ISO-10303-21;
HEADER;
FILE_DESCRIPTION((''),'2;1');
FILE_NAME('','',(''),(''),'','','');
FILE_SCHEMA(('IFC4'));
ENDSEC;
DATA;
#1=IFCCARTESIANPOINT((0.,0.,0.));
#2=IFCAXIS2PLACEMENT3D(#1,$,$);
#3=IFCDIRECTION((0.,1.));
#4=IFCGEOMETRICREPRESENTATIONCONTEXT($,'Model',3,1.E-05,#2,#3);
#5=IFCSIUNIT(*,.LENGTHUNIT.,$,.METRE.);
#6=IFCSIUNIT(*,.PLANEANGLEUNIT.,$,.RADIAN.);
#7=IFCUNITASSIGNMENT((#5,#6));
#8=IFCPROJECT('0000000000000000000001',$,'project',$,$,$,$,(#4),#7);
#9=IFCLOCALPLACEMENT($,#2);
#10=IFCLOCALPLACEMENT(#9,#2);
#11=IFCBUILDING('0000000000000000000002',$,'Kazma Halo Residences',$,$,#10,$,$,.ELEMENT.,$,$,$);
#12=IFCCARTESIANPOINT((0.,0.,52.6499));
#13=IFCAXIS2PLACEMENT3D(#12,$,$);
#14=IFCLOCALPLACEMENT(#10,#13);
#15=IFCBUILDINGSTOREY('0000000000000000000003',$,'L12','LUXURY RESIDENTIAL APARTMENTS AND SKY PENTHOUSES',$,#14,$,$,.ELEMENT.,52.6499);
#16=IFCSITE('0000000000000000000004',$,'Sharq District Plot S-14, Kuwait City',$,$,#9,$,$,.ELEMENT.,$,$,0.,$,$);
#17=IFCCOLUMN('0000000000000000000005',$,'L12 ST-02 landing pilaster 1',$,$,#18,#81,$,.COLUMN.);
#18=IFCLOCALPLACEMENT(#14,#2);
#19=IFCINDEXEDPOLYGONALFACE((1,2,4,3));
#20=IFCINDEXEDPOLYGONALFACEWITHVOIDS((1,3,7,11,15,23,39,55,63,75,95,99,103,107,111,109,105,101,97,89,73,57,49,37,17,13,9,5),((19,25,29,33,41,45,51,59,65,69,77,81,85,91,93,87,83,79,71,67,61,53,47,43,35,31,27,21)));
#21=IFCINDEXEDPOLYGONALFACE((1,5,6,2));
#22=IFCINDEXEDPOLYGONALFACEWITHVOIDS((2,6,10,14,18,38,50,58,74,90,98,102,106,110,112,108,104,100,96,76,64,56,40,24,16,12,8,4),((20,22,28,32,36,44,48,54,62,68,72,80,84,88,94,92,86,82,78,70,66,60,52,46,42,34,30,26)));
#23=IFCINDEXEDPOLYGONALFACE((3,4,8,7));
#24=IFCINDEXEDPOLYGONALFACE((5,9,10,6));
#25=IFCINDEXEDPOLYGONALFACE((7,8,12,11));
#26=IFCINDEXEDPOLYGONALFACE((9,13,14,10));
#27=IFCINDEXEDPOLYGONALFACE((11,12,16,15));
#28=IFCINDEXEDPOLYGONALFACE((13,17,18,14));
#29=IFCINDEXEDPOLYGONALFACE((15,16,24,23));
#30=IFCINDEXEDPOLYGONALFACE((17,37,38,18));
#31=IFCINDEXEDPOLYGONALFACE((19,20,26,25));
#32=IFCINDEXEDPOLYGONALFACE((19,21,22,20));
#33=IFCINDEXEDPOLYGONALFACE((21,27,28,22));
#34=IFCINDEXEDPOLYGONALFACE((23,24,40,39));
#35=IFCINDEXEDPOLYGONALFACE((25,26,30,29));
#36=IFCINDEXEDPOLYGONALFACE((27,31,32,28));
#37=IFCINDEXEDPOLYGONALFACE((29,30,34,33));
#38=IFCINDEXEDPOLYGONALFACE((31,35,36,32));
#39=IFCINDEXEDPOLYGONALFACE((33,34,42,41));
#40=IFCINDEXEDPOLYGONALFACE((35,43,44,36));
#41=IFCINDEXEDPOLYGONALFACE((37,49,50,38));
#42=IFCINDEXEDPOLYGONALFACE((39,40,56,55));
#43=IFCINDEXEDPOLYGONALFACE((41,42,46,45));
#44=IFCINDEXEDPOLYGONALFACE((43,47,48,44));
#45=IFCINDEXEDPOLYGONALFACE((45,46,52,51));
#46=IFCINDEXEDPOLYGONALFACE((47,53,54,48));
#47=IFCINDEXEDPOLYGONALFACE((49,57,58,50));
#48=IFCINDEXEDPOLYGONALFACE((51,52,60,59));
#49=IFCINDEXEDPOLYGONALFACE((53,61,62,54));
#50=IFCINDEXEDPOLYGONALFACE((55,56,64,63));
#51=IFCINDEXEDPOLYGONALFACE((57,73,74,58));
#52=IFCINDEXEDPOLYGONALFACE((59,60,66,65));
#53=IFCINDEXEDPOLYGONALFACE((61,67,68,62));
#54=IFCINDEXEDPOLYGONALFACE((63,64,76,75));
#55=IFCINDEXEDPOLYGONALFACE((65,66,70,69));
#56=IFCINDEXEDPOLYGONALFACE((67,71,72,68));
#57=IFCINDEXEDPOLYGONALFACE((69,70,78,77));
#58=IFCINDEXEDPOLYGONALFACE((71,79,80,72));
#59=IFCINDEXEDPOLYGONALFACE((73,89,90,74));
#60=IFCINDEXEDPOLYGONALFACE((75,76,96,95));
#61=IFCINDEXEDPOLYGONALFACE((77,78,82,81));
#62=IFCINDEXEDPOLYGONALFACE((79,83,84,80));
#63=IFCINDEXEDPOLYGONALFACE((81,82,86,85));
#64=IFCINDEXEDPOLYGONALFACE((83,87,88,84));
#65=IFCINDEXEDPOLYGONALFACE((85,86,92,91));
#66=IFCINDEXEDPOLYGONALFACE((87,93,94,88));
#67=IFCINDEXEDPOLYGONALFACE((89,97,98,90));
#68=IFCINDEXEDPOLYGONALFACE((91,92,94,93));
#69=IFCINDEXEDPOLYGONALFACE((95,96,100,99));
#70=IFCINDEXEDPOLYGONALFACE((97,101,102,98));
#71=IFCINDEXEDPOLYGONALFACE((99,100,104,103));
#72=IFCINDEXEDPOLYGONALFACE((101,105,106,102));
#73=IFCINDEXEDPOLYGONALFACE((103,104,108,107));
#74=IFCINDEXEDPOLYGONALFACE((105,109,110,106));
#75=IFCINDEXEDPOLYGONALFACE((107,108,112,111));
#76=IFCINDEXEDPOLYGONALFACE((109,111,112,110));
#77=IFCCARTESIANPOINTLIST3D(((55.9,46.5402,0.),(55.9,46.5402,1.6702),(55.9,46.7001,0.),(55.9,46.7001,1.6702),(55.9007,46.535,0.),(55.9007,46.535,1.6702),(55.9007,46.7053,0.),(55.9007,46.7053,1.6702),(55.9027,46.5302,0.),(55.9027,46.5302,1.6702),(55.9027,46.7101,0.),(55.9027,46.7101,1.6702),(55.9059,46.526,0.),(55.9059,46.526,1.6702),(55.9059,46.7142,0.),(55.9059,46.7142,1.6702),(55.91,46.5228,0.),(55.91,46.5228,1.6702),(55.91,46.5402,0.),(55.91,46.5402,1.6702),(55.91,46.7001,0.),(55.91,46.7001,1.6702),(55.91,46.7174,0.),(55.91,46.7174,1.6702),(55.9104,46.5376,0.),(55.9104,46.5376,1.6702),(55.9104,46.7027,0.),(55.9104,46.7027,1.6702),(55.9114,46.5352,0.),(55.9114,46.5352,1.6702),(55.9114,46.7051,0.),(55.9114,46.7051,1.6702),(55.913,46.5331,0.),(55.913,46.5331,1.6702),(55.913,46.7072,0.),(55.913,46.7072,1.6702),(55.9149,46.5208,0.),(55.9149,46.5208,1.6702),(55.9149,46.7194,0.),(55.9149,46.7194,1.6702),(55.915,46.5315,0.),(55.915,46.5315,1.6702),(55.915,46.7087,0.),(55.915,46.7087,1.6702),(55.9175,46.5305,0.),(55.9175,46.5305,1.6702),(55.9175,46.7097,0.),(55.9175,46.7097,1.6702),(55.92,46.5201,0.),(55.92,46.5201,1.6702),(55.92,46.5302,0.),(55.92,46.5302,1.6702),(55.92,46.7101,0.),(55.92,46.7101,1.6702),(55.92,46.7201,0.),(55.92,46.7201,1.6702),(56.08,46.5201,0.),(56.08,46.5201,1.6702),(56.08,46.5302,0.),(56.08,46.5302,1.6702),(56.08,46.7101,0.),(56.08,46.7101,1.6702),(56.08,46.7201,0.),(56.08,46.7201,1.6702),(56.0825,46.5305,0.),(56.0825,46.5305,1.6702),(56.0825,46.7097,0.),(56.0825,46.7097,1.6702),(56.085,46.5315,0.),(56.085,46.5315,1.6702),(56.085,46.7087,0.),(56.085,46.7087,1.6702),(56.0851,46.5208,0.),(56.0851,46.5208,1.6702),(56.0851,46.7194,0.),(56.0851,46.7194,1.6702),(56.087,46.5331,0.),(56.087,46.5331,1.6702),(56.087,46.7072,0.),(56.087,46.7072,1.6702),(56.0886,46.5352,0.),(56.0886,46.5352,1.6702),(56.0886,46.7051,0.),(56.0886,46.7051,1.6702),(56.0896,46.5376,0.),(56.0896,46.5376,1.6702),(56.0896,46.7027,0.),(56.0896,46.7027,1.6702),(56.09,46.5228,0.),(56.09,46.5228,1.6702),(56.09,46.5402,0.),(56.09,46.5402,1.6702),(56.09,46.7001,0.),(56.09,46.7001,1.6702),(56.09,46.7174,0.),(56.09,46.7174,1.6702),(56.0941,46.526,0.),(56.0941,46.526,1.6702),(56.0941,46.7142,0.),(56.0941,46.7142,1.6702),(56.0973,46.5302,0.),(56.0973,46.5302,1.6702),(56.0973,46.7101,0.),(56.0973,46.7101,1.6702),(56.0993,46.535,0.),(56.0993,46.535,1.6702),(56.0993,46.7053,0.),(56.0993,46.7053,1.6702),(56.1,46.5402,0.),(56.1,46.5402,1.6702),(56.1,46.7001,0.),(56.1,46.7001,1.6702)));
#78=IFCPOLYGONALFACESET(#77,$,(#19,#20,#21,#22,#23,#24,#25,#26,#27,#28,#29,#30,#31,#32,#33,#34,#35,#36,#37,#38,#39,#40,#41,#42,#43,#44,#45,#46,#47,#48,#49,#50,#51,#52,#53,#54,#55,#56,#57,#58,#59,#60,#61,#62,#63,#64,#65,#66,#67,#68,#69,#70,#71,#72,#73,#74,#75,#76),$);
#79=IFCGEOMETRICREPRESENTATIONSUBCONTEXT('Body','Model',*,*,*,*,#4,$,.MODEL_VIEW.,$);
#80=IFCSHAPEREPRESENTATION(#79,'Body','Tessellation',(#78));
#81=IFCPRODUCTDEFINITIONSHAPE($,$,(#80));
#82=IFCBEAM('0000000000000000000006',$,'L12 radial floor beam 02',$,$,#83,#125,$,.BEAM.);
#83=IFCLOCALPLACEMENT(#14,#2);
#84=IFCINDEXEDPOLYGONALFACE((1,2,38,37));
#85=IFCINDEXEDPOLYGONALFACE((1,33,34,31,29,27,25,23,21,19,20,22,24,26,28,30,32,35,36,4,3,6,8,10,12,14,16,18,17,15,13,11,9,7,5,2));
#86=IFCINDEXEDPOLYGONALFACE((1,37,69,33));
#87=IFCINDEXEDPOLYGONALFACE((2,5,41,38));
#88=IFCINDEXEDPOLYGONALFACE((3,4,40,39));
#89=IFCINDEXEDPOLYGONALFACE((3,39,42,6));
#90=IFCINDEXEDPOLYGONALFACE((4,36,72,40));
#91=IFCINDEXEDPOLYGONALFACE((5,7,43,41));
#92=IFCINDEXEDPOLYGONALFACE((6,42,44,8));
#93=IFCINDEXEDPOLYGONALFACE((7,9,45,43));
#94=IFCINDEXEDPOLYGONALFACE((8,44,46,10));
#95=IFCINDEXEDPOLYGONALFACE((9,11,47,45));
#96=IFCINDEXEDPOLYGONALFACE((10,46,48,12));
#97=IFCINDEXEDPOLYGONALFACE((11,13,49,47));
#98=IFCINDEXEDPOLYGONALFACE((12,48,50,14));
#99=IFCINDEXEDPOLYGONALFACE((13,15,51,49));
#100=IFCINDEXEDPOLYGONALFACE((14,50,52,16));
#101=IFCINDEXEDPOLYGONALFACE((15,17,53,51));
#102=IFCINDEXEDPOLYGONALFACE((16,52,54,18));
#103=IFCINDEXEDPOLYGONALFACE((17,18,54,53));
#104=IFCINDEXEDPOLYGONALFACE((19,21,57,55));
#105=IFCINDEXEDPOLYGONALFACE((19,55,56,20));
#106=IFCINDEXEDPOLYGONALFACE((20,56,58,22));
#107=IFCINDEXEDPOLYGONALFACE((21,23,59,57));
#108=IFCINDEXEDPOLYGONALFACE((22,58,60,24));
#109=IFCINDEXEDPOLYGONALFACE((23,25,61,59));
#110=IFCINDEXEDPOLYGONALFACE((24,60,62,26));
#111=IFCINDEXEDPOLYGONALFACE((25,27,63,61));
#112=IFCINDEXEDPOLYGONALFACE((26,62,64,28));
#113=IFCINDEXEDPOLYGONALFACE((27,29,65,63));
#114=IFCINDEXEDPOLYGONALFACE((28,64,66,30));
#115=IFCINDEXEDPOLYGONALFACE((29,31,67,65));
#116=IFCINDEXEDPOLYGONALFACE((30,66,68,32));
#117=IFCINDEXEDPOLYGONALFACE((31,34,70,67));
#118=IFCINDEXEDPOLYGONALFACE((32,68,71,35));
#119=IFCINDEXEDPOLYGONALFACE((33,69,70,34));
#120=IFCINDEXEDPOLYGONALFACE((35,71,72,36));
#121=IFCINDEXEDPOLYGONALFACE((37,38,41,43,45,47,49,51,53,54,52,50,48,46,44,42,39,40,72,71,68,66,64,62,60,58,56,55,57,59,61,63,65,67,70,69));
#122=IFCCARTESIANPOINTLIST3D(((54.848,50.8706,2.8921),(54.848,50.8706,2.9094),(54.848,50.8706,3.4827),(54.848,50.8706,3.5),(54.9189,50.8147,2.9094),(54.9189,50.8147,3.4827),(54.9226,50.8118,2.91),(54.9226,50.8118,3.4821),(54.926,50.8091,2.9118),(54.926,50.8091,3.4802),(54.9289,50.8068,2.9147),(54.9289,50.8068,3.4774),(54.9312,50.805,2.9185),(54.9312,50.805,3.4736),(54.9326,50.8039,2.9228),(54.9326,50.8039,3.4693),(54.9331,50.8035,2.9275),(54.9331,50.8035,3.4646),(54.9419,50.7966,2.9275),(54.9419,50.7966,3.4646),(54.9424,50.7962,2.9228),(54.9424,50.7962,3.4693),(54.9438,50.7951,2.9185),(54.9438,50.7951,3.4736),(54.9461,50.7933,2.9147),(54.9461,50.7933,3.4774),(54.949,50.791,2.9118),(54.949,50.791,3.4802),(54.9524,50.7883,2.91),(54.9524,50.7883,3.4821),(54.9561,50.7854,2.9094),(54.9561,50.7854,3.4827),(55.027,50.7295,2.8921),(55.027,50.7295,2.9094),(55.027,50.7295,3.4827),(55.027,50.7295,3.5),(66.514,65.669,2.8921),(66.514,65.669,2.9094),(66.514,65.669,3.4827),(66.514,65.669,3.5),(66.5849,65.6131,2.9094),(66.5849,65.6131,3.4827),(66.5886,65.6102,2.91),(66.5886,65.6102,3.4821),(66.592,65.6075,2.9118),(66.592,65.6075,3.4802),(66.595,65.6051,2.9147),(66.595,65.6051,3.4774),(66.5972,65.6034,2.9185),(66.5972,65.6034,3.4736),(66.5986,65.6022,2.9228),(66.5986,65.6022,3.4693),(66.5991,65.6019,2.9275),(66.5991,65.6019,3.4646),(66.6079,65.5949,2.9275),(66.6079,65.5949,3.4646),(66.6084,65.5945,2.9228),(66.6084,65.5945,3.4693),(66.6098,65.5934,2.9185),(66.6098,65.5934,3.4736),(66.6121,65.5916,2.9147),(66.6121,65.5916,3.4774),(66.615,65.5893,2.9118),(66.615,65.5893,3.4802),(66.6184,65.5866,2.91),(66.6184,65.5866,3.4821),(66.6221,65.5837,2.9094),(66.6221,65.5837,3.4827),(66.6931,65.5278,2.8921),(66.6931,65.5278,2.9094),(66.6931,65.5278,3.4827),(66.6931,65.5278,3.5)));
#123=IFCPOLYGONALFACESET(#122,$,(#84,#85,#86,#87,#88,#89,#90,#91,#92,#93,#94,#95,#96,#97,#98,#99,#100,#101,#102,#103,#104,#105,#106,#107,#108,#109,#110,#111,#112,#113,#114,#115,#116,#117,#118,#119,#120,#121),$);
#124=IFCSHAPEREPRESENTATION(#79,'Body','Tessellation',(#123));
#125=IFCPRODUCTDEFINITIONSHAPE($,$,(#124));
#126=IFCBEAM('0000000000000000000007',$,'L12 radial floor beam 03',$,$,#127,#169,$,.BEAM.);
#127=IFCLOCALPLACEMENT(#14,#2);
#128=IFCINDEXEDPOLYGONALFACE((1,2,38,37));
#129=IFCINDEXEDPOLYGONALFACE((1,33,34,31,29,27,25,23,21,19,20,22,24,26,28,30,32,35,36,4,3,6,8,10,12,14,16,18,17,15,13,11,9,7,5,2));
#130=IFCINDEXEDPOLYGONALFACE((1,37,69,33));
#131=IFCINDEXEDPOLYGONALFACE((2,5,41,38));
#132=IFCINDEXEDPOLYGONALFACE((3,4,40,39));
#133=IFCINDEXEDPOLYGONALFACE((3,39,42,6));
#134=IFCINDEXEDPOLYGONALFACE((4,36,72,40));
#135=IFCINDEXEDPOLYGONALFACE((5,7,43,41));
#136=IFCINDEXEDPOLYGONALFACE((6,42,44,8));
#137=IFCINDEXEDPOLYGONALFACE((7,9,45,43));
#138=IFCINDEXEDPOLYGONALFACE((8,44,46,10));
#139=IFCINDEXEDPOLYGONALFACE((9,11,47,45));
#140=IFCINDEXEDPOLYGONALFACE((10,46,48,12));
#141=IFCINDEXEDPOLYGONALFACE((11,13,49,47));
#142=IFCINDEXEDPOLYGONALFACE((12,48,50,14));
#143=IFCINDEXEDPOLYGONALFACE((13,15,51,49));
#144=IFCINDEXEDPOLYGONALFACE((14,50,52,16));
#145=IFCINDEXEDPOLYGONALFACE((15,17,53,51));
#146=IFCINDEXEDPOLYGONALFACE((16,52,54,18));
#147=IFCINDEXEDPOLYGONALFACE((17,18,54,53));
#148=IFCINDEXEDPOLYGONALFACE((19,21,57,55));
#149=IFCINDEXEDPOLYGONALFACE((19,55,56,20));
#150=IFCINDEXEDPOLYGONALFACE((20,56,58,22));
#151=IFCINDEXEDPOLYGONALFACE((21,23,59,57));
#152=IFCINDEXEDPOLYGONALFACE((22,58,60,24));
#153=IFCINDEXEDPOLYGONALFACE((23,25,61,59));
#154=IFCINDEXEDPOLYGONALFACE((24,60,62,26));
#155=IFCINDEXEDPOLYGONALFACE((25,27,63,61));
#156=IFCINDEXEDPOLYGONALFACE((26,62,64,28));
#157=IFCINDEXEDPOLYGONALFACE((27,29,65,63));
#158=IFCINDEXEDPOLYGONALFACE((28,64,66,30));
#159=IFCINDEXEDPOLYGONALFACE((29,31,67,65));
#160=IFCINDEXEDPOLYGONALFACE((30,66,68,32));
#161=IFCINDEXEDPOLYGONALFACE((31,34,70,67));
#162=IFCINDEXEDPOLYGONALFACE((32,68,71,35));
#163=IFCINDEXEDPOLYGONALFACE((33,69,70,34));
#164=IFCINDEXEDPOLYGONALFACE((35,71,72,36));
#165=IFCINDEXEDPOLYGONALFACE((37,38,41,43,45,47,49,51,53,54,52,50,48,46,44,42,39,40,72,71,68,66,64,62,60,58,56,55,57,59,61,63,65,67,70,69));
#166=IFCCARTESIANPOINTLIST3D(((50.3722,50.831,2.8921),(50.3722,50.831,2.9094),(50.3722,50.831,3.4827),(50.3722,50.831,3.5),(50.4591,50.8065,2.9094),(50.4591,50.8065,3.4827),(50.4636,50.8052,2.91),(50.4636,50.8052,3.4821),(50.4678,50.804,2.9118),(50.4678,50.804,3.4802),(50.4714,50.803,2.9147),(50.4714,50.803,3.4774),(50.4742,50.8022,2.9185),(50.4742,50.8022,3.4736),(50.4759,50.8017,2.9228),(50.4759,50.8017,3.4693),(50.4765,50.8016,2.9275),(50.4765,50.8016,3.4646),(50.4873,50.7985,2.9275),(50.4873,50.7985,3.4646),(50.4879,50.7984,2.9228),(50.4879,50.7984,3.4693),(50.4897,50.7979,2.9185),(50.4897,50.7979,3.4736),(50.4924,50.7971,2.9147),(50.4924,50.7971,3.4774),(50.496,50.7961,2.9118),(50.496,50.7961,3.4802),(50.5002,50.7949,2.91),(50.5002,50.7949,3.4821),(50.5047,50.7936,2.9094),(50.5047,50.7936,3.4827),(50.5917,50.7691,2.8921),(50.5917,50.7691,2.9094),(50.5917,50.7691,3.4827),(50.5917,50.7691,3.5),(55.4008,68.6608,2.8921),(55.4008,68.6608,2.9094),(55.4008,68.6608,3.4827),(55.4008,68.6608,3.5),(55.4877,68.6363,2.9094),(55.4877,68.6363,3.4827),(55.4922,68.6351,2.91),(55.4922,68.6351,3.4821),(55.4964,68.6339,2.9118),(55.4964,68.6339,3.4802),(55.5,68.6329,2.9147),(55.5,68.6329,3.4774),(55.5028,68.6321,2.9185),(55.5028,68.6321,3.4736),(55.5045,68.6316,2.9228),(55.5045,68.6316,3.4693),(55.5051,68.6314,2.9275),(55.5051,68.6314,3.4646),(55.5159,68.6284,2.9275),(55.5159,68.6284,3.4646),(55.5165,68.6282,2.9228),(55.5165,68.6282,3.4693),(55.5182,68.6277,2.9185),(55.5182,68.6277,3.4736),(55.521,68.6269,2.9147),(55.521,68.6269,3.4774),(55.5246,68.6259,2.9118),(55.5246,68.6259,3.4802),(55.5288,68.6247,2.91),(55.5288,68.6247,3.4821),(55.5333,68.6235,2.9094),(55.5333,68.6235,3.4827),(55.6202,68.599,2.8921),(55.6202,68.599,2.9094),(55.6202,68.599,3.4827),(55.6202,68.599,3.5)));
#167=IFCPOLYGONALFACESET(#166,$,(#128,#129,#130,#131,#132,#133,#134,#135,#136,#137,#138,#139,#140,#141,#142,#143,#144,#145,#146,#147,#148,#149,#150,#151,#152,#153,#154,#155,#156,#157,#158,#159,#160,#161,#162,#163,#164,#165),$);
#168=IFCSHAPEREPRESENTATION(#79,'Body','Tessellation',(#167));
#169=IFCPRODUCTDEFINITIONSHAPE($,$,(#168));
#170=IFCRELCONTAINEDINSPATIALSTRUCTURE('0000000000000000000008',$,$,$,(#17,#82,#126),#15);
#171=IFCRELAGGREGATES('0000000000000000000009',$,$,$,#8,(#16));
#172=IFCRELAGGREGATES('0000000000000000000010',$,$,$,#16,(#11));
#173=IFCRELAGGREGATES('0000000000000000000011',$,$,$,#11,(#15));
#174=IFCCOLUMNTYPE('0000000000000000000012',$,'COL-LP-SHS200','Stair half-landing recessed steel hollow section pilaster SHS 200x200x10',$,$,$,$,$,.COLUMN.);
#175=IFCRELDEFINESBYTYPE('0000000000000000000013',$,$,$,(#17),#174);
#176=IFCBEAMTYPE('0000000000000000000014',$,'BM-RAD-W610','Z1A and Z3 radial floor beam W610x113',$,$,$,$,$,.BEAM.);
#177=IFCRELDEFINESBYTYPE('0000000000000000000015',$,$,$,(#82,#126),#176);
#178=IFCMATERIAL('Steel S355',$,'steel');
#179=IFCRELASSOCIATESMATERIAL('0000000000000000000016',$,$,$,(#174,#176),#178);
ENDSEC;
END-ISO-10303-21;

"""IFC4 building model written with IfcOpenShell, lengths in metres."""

from ifc_helpers import new_model, si_unit, direction, frame, origin, origin_2d, place, context, subcontext, project, spatial, hollow_rectangle, i_section, extrude, material, material_profile, profile_set, type_object, element, save


model = new_model("IFC4")

# Units and contexts
model_context = context("Model", 3, precision=1e-05, world=origin(), true_north=direction((0.0, 1.0)))
body_context = subcontext(model_context, "Body", "Model", "MODEL_VIEW")
ifc_project = project(units=[si_unit("LENGTHUNIT", "METRE"), si_unit("PLANEANGLEUNIT", "RADIAN")], contexts=[model_context])

# Site, building, storey
site_placement = place(None, origin())
site = spatial("IfcSite", under=ifc_project, at=site_placement, Name="Sharq District Plot S-14, Kuwait City", CompositionType="ELEMENT", RefElevation=0.0)
building_placement = place(site_placement, origin())
building = spatial("IfcBuilding", under=site, at=building_placement, Name="Kazma Halo Residences", CompositionType="ELEMENT")
storey_placement = place(building_placement, frame((0.0, 0.0, 52.6499)))
storey = spatial("IfcBuildingStorey", under=building, at=storey_placement, Name="L12", Description="LUXURY RESIDENTIAL APARTMENTS AND SKY PENTHOUSES", CompositionType="ELEMENT", Elevation=52.6499)

# Column
ifc_material_1 = material(Name="Steel S355", Category="steel")
ifc_material_profile_1 = material_profile(ifc_material_1, hollow_rectangle(XDim=0.2, YDim=0.2, WallThickness=0.01, InnerFilletRadius=0.01, OuterFilletRadius=0.02, at=origin_2d()), Name="SHS200x200x10")
ifc_profile_set_1 = profile_set([ifc_material_profile_1], Name="Steel S355")
column_type = type_object("IfcColumnType", Name="COL-LP-SHS200", Description="Stair half-landing recessed steel hollow section pilaster SHS 200x200x10", PredefinedType="COLUMN", material=ifc_profile_set_1)
column_placement = place(storey_placement, frame((56.0, 46.6201, 0.0), z_axis=(0.0, 0.0, 1.0), x_axis=(1.0, 0.0, 0.0)))
element("IfcColumn", 1, at=column_placement, inside=storey, type_object=column_type, Name="L12 ST-02 landing pilaster 1", PredefinedType="COLUMN", context=body_context, shape_type="SweptSolid", body=[
    extrude(hollow_rectangle(XDim=0.2, YDim=0.2, WallThickness=0.01, InnerFilletRadius=0.01, OuterFilletRadius=0.02, at=origin_2d()), origin(), (0.0, 0.0, 1.0), 1.6702),
])

# Beams
ifc_material_profile_2 = material_profile(ifc_material_1, i_section(OverallWidth=0.228, OverallDepth=0.6079, WebThickness=0.0112, FlangeThickness=0.0173, FilletRadius=0.0181, at=origin_2d()), Name="W610x113")
ifc_profile_set_2 = profile_set([ifc_material_profile_2], Name="Steel S355")
beam_type_1 = type_object("IfcBeamType", Name="BM-RAD-W610", Description="Z1A and Z3 radial floor beam W610x113", PredefinedType="BEAM", material=ifc_profile_set_2)
beam_1_placement = place(storey_placement, frame((54.9375, 50.8, 3.196), z_axis=(0.619092, 0.785318, 0.0), x_axis=(-0.785318, 0.619092, 0.0)))
element("IfcBeam", 2, at=beam_1_placement, inside=storey, type_object=beam_type_1, Name="L12 radial floor beam 02", PredefinedType="BEAM", context=body_context, shape_type="SweptSolid", body=[
    extrude(i_section(OverallWidth=0.228, OverallDepth=0.6079, WebThickness=0.0112, FlangeThickness=0.0173, FilletRadius=0.0181, at=origin_2d()), origin(), (0.0, 0.0, 1.0), 18.8438),
])
beam_2_placement = place(storey_placement, frame((50.4819, 50.8, 3.196), z_axis=(0.271442, 0.962455, 0.0), x_axis=(-0.962455, 0.271442, 0.0)))
element("IfcBeam", 3, at=beam_2_placement, inside=storey, type_object=beam_type_1, Name="L12 radial floor beam 03", PredefinedType="BEAM", context=body_context, shape_type="SweptSolid", body=[
    extrude(i_section(OverallWidth=0.228, OverallDepth=0.6079, WebThickness=0.0112, FlangeThickness=0.0173, FilletRadius=0.0181, at=origin_2d()), origin(), (0.0, 0.0, 1.0), 18.5254),
])

save(model, "model.ifc")
